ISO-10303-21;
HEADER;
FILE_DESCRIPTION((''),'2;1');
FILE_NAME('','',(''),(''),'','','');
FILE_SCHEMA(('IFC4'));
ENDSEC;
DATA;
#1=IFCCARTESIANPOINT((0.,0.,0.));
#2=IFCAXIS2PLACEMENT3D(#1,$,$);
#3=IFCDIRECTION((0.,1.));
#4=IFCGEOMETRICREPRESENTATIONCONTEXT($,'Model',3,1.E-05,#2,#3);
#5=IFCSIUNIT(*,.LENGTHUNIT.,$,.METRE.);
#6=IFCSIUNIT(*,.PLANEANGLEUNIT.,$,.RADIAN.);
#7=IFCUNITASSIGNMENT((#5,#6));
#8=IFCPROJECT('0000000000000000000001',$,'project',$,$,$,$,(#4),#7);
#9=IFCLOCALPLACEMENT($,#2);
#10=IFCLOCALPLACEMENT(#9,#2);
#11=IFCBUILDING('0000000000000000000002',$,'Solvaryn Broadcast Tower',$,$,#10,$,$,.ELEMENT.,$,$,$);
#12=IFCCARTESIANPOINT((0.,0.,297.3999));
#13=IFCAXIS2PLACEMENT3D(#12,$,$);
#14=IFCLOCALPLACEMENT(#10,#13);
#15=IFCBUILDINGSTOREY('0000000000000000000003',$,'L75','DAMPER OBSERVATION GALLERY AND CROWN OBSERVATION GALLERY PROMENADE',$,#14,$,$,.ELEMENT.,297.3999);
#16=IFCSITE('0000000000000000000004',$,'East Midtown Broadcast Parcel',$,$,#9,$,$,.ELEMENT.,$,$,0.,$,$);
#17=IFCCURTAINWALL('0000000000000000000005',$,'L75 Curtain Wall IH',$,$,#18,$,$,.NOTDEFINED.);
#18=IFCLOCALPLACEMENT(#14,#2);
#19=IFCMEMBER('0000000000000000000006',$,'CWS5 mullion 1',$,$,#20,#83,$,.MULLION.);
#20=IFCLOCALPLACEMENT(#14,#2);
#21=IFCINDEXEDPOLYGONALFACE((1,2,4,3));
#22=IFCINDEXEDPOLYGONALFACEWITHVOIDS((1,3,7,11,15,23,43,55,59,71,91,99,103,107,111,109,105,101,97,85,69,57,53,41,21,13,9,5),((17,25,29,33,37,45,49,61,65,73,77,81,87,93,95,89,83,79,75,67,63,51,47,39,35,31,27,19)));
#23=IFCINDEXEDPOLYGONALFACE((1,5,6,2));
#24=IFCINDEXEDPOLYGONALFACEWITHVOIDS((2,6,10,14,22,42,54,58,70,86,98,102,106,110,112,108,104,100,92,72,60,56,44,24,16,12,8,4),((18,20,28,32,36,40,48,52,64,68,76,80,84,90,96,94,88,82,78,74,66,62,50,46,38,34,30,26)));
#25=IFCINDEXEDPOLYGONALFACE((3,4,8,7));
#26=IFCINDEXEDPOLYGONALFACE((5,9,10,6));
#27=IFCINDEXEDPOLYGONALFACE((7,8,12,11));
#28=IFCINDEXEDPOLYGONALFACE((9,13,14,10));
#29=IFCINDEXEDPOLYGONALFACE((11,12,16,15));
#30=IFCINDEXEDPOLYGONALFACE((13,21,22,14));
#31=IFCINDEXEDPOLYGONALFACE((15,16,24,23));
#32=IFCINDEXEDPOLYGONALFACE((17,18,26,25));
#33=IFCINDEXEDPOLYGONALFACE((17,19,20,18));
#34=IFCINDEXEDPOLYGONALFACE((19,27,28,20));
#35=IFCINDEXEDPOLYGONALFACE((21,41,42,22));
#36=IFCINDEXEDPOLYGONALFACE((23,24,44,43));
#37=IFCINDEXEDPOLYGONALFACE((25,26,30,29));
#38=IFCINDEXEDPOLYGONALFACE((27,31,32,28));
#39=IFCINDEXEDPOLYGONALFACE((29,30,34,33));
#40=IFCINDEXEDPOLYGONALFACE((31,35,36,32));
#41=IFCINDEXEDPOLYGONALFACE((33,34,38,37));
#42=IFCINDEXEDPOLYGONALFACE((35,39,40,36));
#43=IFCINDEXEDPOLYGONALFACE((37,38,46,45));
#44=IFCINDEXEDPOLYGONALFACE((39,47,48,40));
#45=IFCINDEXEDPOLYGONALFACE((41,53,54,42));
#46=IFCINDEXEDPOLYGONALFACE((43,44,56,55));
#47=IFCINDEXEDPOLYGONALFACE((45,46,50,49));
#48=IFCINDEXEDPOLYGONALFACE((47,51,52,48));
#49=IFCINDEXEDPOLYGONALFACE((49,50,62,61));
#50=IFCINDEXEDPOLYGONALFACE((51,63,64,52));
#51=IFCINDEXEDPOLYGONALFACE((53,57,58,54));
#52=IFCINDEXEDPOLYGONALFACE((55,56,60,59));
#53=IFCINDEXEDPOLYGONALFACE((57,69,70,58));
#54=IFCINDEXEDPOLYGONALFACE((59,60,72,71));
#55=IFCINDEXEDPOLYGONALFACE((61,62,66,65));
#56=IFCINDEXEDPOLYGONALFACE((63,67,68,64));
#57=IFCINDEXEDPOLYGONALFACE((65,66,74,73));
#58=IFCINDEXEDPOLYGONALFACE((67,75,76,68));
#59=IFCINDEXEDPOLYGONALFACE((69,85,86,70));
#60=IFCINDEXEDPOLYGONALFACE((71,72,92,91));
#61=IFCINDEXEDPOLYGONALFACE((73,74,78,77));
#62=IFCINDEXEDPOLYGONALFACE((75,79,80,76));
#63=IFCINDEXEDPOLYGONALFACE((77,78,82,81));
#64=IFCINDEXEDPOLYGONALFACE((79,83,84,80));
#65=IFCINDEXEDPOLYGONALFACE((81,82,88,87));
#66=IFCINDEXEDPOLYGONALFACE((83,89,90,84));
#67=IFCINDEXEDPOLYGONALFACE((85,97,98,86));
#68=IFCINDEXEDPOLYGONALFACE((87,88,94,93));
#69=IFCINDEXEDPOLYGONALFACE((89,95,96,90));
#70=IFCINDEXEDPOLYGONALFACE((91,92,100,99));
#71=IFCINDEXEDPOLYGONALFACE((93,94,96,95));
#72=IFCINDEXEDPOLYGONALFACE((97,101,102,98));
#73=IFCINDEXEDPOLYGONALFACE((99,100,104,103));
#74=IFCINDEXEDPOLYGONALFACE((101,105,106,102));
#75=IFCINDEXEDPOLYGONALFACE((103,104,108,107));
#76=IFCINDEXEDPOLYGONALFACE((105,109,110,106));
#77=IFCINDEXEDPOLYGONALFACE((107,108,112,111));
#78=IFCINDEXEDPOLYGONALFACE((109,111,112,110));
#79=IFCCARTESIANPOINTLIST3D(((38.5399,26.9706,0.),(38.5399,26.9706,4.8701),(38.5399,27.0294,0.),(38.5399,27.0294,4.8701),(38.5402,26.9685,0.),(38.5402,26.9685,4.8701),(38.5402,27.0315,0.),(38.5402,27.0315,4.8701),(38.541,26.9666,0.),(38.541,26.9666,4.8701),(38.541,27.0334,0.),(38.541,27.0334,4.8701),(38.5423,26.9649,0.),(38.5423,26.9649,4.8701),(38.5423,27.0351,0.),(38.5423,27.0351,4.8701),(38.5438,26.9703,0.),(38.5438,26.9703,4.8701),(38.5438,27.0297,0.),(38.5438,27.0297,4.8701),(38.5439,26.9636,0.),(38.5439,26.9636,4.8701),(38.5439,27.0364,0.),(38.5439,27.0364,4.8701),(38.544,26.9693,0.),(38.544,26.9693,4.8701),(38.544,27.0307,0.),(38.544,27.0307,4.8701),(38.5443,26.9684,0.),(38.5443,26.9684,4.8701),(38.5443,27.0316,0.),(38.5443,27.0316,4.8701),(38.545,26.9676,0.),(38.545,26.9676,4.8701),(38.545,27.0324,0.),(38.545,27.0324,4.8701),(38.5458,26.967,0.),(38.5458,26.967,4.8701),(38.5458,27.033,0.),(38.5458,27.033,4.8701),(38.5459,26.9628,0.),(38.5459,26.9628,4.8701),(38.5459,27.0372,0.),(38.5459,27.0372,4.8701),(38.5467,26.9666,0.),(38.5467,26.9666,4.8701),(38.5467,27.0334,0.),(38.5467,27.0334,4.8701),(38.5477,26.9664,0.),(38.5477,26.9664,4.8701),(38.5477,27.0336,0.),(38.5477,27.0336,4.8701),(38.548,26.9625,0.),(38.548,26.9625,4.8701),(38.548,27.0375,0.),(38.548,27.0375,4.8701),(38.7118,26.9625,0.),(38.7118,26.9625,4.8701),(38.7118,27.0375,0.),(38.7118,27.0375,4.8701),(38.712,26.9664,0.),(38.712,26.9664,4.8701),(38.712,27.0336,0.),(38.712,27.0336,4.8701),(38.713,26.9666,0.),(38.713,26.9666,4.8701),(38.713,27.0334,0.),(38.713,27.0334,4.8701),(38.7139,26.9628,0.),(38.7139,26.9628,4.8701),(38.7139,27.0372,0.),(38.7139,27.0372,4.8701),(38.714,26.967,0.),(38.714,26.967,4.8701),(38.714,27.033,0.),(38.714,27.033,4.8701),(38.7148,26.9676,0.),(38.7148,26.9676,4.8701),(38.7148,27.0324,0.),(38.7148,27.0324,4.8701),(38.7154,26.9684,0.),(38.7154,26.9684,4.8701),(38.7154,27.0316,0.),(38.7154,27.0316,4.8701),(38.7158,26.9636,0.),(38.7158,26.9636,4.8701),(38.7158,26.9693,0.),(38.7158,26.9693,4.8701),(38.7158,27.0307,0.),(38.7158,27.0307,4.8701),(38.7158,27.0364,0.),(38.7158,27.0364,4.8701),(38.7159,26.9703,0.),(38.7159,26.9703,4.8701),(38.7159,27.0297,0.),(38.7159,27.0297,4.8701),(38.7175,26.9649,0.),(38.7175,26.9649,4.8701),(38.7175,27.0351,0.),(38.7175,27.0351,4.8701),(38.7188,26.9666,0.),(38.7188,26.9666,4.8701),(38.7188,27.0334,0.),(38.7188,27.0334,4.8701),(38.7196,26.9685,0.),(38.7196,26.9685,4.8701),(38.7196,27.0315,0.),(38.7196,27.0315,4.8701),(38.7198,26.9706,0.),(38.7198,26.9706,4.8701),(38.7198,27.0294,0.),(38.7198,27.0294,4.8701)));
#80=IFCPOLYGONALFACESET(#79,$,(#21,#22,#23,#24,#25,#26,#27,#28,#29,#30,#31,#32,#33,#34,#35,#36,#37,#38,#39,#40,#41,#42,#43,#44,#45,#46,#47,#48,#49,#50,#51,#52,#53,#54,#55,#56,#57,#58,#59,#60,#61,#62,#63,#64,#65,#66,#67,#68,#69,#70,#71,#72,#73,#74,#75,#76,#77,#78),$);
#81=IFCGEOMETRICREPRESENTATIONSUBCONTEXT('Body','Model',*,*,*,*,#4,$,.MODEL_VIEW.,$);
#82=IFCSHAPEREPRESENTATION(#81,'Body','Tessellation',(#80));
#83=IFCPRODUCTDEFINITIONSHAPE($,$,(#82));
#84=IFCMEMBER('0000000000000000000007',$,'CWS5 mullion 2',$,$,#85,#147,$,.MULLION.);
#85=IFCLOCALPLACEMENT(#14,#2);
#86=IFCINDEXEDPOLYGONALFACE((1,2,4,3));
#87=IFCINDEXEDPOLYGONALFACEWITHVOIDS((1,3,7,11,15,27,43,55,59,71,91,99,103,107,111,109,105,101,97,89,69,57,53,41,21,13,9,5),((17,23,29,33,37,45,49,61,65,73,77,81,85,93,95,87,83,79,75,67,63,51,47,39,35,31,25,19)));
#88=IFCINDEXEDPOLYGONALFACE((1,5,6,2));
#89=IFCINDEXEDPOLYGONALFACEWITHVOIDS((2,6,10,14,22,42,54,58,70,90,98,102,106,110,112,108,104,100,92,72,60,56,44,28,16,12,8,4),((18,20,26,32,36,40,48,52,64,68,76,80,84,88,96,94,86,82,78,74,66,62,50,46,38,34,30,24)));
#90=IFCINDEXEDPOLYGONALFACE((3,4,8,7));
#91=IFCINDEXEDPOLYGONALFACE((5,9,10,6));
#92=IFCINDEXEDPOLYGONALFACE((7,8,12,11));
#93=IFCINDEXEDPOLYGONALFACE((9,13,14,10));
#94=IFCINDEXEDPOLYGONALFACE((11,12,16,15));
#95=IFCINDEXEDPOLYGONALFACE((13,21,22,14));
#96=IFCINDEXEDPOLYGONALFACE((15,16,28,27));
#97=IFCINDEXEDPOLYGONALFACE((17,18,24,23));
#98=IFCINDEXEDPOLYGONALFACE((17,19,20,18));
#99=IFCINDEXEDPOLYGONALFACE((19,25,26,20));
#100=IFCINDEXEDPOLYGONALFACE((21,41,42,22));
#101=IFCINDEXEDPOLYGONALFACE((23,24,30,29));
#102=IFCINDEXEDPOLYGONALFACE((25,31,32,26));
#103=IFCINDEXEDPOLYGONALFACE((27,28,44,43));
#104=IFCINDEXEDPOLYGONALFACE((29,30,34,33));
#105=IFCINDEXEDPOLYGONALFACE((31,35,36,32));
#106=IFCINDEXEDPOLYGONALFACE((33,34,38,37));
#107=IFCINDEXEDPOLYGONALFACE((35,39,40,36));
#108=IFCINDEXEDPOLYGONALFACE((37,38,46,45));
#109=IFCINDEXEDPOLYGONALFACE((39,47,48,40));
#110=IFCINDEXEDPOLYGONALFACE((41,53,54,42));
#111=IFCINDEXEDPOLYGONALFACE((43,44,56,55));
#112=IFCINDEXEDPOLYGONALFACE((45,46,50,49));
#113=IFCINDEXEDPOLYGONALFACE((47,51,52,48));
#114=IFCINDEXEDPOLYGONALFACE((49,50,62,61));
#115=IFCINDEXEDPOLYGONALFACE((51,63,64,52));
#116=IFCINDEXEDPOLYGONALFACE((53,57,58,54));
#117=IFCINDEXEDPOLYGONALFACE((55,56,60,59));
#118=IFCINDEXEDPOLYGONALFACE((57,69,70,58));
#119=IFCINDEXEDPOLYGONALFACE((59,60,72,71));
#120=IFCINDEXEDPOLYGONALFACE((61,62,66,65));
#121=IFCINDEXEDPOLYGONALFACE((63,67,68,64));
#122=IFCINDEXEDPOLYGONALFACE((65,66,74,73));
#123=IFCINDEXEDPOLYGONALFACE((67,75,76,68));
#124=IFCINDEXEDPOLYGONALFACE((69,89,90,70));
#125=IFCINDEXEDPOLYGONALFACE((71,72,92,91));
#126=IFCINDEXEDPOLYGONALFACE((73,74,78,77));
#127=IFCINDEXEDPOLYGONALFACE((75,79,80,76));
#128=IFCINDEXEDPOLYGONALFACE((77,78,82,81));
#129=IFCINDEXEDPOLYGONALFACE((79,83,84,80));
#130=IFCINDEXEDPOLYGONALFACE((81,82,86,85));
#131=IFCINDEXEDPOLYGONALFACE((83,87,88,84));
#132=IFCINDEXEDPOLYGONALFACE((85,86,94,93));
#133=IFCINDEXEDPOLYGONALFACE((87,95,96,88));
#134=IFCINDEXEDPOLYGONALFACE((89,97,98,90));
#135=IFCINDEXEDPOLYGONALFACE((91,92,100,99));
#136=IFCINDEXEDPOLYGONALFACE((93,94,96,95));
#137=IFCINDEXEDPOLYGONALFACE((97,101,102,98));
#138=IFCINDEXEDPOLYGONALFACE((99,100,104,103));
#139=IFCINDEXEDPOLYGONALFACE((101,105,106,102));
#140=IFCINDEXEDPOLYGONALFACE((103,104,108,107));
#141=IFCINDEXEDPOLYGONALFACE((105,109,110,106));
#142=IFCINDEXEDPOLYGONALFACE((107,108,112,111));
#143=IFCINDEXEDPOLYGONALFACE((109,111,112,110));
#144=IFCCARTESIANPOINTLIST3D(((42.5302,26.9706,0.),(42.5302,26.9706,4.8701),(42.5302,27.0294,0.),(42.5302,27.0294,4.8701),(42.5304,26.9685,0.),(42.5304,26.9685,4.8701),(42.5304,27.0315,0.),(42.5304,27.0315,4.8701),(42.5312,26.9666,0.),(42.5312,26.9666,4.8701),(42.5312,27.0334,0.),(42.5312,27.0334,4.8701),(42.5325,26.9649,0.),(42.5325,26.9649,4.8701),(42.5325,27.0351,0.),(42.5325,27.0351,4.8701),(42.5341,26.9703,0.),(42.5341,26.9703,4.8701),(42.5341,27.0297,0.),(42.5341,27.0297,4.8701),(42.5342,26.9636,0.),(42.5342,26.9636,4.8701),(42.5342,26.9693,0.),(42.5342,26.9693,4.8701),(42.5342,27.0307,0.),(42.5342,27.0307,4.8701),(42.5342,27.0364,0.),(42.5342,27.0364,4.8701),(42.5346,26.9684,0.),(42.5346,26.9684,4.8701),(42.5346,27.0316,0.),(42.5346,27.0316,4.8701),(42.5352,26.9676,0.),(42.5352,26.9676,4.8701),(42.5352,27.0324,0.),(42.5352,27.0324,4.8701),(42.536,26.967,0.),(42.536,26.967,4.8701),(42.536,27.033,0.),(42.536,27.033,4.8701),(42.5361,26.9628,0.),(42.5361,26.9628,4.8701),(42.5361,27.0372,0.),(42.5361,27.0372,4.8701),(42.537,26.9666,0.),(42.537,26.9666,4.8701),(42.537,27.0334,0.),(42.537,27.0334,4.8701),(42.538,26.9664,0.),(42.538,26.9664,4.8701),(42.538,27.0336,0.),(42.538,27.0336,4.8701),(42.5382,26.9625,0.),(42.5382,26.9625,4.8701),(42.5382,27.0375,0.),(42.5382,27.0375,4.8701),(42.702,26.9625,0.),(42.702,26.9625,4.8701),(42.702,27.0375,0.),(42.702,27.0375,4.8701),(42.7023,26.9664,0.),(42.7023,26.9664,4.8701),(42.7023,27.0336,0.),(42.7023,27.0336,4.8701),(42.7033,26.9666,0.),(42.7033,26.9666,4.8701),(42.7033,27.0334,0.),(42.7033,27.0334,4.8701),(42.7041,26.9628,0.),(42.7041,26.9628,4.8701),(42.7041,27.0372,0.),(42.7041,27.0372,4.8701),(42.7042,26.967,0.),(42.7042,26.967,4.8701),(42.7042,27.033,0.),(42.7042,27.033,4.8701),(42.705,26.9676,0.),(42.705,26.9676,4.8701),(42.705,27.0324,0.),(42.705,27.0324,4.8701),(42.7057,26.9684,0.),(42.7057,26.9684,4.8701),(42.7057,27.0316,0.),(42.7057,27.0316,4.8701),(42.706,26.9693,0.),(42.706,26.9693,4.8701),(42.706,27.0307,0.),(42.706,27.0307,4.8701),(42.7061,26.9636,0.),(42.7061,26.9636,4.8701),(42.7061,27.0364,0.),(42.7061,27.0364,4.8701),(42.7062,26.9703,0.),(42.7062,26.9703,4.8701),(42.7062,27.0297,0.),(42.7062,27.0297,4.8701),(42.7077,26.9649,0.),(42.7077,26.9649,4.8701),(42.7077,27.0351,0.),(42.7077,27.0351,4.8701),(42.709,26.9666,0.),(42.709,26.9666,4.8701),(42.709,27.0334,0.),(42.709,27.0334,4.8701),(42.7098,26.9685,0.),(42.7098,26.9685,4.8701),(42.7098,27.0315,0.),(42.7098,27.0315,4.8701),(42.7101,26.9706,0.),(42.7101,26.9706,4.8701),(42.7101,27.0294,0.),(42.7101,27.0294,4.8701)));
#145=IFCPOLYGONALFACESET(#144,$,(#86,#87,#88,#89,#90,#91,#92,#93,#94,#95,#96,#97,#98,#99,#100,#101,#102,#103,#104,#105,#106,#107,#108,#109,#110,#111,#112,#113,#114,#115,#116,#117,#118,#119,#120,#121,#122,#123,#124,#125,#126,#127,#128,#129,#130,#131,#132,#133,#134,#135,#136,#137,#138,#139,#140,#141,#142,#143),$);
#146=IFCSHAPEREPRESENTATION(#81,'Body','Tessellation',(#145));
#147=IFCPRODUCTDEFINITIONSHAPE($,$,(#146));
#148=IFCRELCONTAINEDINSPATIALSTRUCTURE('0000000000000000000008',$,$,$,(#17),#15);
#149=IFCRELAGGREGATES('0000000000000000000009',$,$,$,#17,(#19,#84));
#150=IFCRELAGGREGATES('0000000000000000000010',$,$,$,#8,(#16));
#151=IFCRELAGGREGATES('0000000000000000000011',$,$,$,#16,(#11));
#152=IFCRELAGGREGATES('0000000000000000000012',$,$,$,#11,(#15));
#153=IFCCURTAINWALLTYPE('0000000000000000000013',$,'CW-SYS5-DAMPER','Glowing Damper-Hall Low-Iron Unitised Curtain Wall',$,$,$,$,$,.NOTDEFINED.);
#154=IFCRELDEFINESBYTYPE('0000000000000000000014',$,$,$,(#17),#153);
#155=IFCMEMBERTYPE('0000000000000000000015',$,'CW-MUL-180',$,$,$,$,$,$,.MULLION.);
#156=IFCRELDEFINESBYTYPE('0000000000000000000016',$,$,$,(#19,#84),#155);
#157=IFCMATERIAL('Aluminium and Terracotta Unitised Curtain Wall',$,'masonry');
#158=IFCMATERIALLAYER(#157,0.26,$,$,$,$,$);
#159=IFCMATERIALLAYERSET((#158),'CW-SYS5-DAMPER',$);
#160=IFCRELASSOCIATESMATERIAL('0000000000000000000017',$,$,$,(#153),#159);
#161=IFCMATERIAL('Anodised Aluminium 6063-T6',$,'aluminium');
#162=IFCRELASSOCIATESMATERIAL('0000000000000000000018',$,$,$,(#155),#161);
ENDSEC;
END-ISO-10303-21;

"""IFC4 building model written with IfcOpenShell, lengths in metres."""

from ifc_helpers import new_model, si_unit, direction, frame, origin, origin_2d, place, context, subcontext, project, spatial, hollow_rectangle, extrude, material, layer, layer_set, material_profile, profile_set, type_object, element, aggregate, save


model = new_model("IFC4")

# Units and contexts
model_context = context("Model", 3, precision=1e-05, world=origin(), true_north=direction((0.0, 1.0)))
body_context = subcontext(model_context, "Body", "Model", "MODEL_VIEW")
ifc_project = project(units=[si_unit("LENGTHUNIT", "METRE"), si_unit("PLANEANGLEUNIT", "RADIAN")], contexts=[model_context])

# Site, building, storey
site_placement = place(None, origin())
site = spatial("IfcSite", under=ifc_project, at=site_placement, Name="East Midtown Broadcast Parcel", CompositionType="ELEMENT", RefElevation=0.0)
building_placement = place(site_placement, origin())
building = spatial("IfcBuilding", under=site, at=building_placement, Name="Solvaryn Broadcast Tower", CompositionType="ELEMENT")
storey_placement = place(building_placement, frame((0.0, 0.0, 297.3999)))
storey = spatial("IfcBuildingStorey", under=building, at=storey_placement, Name="L75", Description="DAMPER OBSERVATION GALLERY AND CROWN OBSERVATION GALLERY PROMENADE", CompositionType="ELEMENT", Elevation=297.3999)

# Shared definitions
ifc_material_1 = material(Name="Aluminium and Terracotta Unitised Curtain Wall", Category="masonry")
ifc_layer_1 = layer(ifc_material_1, 0.26)
ifc_layer_set_1 = layer_set([ifc_layer_1], Name="CW-SYS5-DAMPER")
curtain_wall_type = type_object("IfcCurtainWallType", Name="CW-SYS5-DAMPER", Description="Glowing Damper-Hall Low-Iron Unitised Curtain Wall", PredefinedType="NOTDEFINED", material=ifc_layer_set_1)
ifc_material_2 = material(Name="Anodised Aluminium 6063-T6", Category="aluminium")
ifc_material_profile_1 = material_profile(ifc_material_2, hollow_rectangle(XDim=0.075, YDim=0.1799, WallThickness=0.0039, InnerFilletRadius=0.0039, OuterFilletRadius=0.0081, at=origin_2d()))
ifc_profile_set_1 = profile_set([ifc_material_profile_1], Name="Anodised Aluminium 6063-T6")
member_type_1 = type_object("IfcMemberType", Name="CW-MUL-180", PredefinedType="MULLION", material=ifc_profile_set_1)

# Curtain wall, members
curtain_wall_1_placement = place(storey_placement, origin())
curtain_wall_1 = element("IfcCurtainWall", 1, at=curtain_wall_1_placement, inside=storey, type_object=curtain_wall_type, Name="L75 Curtain Wall IH", PredefinedType="NOTDEFINED")
member_1_placement = place(storey_placement, frame((38.6299, 27.0, 0.0), z_axis=(0.0, 0.0, 1.0), x_axis=(0.0, 1.0, 0.0)))
member_1 = element("IfcMember", 2, at=member_1_placement, type_object=member_type_1, Name="CWS5 mullion 1", PredefinedType="MULLION", context=body_context, shape_type="SweptSolid", body=[
    extrude(hollow_rectangle(XDim=0.075, YDim=0.1799, WallThickness=0.0039, InnerFilletRadius=0.0039, OuterFilletRadius=0.0081, at=origin_2d()), origin(), (0.0, 0.0, 1.0), 4.8701),
])
member_2_placement = place(storey_placement, frame((42.6201, 27.0, 0.0), z_axis=(0.0, 0.0, 1.0), x_axis=(0.0, 1.0, 0.0)))
member_2 = element("IfcMember", 3, at=member_2_placement, type_object=member_type_1, Name="CWS5 mullion 2", PredefinedType="MULLION", context=body_context, shape_type="SweptSolid", body=[
    extrude(hollow_rectangle(XDim=0.075, YDim=0.1799, WallThickness=0.0039, InnerFilletRadius=0.0039, OuterFilletRadius=0.0081, at=origin_2d()), origin(), (0.0, 0.0, 1.0), 4.8701),
])

aggregate(curtain_wall_1, [member_1, member_2])

save(model, "model.ifc")
